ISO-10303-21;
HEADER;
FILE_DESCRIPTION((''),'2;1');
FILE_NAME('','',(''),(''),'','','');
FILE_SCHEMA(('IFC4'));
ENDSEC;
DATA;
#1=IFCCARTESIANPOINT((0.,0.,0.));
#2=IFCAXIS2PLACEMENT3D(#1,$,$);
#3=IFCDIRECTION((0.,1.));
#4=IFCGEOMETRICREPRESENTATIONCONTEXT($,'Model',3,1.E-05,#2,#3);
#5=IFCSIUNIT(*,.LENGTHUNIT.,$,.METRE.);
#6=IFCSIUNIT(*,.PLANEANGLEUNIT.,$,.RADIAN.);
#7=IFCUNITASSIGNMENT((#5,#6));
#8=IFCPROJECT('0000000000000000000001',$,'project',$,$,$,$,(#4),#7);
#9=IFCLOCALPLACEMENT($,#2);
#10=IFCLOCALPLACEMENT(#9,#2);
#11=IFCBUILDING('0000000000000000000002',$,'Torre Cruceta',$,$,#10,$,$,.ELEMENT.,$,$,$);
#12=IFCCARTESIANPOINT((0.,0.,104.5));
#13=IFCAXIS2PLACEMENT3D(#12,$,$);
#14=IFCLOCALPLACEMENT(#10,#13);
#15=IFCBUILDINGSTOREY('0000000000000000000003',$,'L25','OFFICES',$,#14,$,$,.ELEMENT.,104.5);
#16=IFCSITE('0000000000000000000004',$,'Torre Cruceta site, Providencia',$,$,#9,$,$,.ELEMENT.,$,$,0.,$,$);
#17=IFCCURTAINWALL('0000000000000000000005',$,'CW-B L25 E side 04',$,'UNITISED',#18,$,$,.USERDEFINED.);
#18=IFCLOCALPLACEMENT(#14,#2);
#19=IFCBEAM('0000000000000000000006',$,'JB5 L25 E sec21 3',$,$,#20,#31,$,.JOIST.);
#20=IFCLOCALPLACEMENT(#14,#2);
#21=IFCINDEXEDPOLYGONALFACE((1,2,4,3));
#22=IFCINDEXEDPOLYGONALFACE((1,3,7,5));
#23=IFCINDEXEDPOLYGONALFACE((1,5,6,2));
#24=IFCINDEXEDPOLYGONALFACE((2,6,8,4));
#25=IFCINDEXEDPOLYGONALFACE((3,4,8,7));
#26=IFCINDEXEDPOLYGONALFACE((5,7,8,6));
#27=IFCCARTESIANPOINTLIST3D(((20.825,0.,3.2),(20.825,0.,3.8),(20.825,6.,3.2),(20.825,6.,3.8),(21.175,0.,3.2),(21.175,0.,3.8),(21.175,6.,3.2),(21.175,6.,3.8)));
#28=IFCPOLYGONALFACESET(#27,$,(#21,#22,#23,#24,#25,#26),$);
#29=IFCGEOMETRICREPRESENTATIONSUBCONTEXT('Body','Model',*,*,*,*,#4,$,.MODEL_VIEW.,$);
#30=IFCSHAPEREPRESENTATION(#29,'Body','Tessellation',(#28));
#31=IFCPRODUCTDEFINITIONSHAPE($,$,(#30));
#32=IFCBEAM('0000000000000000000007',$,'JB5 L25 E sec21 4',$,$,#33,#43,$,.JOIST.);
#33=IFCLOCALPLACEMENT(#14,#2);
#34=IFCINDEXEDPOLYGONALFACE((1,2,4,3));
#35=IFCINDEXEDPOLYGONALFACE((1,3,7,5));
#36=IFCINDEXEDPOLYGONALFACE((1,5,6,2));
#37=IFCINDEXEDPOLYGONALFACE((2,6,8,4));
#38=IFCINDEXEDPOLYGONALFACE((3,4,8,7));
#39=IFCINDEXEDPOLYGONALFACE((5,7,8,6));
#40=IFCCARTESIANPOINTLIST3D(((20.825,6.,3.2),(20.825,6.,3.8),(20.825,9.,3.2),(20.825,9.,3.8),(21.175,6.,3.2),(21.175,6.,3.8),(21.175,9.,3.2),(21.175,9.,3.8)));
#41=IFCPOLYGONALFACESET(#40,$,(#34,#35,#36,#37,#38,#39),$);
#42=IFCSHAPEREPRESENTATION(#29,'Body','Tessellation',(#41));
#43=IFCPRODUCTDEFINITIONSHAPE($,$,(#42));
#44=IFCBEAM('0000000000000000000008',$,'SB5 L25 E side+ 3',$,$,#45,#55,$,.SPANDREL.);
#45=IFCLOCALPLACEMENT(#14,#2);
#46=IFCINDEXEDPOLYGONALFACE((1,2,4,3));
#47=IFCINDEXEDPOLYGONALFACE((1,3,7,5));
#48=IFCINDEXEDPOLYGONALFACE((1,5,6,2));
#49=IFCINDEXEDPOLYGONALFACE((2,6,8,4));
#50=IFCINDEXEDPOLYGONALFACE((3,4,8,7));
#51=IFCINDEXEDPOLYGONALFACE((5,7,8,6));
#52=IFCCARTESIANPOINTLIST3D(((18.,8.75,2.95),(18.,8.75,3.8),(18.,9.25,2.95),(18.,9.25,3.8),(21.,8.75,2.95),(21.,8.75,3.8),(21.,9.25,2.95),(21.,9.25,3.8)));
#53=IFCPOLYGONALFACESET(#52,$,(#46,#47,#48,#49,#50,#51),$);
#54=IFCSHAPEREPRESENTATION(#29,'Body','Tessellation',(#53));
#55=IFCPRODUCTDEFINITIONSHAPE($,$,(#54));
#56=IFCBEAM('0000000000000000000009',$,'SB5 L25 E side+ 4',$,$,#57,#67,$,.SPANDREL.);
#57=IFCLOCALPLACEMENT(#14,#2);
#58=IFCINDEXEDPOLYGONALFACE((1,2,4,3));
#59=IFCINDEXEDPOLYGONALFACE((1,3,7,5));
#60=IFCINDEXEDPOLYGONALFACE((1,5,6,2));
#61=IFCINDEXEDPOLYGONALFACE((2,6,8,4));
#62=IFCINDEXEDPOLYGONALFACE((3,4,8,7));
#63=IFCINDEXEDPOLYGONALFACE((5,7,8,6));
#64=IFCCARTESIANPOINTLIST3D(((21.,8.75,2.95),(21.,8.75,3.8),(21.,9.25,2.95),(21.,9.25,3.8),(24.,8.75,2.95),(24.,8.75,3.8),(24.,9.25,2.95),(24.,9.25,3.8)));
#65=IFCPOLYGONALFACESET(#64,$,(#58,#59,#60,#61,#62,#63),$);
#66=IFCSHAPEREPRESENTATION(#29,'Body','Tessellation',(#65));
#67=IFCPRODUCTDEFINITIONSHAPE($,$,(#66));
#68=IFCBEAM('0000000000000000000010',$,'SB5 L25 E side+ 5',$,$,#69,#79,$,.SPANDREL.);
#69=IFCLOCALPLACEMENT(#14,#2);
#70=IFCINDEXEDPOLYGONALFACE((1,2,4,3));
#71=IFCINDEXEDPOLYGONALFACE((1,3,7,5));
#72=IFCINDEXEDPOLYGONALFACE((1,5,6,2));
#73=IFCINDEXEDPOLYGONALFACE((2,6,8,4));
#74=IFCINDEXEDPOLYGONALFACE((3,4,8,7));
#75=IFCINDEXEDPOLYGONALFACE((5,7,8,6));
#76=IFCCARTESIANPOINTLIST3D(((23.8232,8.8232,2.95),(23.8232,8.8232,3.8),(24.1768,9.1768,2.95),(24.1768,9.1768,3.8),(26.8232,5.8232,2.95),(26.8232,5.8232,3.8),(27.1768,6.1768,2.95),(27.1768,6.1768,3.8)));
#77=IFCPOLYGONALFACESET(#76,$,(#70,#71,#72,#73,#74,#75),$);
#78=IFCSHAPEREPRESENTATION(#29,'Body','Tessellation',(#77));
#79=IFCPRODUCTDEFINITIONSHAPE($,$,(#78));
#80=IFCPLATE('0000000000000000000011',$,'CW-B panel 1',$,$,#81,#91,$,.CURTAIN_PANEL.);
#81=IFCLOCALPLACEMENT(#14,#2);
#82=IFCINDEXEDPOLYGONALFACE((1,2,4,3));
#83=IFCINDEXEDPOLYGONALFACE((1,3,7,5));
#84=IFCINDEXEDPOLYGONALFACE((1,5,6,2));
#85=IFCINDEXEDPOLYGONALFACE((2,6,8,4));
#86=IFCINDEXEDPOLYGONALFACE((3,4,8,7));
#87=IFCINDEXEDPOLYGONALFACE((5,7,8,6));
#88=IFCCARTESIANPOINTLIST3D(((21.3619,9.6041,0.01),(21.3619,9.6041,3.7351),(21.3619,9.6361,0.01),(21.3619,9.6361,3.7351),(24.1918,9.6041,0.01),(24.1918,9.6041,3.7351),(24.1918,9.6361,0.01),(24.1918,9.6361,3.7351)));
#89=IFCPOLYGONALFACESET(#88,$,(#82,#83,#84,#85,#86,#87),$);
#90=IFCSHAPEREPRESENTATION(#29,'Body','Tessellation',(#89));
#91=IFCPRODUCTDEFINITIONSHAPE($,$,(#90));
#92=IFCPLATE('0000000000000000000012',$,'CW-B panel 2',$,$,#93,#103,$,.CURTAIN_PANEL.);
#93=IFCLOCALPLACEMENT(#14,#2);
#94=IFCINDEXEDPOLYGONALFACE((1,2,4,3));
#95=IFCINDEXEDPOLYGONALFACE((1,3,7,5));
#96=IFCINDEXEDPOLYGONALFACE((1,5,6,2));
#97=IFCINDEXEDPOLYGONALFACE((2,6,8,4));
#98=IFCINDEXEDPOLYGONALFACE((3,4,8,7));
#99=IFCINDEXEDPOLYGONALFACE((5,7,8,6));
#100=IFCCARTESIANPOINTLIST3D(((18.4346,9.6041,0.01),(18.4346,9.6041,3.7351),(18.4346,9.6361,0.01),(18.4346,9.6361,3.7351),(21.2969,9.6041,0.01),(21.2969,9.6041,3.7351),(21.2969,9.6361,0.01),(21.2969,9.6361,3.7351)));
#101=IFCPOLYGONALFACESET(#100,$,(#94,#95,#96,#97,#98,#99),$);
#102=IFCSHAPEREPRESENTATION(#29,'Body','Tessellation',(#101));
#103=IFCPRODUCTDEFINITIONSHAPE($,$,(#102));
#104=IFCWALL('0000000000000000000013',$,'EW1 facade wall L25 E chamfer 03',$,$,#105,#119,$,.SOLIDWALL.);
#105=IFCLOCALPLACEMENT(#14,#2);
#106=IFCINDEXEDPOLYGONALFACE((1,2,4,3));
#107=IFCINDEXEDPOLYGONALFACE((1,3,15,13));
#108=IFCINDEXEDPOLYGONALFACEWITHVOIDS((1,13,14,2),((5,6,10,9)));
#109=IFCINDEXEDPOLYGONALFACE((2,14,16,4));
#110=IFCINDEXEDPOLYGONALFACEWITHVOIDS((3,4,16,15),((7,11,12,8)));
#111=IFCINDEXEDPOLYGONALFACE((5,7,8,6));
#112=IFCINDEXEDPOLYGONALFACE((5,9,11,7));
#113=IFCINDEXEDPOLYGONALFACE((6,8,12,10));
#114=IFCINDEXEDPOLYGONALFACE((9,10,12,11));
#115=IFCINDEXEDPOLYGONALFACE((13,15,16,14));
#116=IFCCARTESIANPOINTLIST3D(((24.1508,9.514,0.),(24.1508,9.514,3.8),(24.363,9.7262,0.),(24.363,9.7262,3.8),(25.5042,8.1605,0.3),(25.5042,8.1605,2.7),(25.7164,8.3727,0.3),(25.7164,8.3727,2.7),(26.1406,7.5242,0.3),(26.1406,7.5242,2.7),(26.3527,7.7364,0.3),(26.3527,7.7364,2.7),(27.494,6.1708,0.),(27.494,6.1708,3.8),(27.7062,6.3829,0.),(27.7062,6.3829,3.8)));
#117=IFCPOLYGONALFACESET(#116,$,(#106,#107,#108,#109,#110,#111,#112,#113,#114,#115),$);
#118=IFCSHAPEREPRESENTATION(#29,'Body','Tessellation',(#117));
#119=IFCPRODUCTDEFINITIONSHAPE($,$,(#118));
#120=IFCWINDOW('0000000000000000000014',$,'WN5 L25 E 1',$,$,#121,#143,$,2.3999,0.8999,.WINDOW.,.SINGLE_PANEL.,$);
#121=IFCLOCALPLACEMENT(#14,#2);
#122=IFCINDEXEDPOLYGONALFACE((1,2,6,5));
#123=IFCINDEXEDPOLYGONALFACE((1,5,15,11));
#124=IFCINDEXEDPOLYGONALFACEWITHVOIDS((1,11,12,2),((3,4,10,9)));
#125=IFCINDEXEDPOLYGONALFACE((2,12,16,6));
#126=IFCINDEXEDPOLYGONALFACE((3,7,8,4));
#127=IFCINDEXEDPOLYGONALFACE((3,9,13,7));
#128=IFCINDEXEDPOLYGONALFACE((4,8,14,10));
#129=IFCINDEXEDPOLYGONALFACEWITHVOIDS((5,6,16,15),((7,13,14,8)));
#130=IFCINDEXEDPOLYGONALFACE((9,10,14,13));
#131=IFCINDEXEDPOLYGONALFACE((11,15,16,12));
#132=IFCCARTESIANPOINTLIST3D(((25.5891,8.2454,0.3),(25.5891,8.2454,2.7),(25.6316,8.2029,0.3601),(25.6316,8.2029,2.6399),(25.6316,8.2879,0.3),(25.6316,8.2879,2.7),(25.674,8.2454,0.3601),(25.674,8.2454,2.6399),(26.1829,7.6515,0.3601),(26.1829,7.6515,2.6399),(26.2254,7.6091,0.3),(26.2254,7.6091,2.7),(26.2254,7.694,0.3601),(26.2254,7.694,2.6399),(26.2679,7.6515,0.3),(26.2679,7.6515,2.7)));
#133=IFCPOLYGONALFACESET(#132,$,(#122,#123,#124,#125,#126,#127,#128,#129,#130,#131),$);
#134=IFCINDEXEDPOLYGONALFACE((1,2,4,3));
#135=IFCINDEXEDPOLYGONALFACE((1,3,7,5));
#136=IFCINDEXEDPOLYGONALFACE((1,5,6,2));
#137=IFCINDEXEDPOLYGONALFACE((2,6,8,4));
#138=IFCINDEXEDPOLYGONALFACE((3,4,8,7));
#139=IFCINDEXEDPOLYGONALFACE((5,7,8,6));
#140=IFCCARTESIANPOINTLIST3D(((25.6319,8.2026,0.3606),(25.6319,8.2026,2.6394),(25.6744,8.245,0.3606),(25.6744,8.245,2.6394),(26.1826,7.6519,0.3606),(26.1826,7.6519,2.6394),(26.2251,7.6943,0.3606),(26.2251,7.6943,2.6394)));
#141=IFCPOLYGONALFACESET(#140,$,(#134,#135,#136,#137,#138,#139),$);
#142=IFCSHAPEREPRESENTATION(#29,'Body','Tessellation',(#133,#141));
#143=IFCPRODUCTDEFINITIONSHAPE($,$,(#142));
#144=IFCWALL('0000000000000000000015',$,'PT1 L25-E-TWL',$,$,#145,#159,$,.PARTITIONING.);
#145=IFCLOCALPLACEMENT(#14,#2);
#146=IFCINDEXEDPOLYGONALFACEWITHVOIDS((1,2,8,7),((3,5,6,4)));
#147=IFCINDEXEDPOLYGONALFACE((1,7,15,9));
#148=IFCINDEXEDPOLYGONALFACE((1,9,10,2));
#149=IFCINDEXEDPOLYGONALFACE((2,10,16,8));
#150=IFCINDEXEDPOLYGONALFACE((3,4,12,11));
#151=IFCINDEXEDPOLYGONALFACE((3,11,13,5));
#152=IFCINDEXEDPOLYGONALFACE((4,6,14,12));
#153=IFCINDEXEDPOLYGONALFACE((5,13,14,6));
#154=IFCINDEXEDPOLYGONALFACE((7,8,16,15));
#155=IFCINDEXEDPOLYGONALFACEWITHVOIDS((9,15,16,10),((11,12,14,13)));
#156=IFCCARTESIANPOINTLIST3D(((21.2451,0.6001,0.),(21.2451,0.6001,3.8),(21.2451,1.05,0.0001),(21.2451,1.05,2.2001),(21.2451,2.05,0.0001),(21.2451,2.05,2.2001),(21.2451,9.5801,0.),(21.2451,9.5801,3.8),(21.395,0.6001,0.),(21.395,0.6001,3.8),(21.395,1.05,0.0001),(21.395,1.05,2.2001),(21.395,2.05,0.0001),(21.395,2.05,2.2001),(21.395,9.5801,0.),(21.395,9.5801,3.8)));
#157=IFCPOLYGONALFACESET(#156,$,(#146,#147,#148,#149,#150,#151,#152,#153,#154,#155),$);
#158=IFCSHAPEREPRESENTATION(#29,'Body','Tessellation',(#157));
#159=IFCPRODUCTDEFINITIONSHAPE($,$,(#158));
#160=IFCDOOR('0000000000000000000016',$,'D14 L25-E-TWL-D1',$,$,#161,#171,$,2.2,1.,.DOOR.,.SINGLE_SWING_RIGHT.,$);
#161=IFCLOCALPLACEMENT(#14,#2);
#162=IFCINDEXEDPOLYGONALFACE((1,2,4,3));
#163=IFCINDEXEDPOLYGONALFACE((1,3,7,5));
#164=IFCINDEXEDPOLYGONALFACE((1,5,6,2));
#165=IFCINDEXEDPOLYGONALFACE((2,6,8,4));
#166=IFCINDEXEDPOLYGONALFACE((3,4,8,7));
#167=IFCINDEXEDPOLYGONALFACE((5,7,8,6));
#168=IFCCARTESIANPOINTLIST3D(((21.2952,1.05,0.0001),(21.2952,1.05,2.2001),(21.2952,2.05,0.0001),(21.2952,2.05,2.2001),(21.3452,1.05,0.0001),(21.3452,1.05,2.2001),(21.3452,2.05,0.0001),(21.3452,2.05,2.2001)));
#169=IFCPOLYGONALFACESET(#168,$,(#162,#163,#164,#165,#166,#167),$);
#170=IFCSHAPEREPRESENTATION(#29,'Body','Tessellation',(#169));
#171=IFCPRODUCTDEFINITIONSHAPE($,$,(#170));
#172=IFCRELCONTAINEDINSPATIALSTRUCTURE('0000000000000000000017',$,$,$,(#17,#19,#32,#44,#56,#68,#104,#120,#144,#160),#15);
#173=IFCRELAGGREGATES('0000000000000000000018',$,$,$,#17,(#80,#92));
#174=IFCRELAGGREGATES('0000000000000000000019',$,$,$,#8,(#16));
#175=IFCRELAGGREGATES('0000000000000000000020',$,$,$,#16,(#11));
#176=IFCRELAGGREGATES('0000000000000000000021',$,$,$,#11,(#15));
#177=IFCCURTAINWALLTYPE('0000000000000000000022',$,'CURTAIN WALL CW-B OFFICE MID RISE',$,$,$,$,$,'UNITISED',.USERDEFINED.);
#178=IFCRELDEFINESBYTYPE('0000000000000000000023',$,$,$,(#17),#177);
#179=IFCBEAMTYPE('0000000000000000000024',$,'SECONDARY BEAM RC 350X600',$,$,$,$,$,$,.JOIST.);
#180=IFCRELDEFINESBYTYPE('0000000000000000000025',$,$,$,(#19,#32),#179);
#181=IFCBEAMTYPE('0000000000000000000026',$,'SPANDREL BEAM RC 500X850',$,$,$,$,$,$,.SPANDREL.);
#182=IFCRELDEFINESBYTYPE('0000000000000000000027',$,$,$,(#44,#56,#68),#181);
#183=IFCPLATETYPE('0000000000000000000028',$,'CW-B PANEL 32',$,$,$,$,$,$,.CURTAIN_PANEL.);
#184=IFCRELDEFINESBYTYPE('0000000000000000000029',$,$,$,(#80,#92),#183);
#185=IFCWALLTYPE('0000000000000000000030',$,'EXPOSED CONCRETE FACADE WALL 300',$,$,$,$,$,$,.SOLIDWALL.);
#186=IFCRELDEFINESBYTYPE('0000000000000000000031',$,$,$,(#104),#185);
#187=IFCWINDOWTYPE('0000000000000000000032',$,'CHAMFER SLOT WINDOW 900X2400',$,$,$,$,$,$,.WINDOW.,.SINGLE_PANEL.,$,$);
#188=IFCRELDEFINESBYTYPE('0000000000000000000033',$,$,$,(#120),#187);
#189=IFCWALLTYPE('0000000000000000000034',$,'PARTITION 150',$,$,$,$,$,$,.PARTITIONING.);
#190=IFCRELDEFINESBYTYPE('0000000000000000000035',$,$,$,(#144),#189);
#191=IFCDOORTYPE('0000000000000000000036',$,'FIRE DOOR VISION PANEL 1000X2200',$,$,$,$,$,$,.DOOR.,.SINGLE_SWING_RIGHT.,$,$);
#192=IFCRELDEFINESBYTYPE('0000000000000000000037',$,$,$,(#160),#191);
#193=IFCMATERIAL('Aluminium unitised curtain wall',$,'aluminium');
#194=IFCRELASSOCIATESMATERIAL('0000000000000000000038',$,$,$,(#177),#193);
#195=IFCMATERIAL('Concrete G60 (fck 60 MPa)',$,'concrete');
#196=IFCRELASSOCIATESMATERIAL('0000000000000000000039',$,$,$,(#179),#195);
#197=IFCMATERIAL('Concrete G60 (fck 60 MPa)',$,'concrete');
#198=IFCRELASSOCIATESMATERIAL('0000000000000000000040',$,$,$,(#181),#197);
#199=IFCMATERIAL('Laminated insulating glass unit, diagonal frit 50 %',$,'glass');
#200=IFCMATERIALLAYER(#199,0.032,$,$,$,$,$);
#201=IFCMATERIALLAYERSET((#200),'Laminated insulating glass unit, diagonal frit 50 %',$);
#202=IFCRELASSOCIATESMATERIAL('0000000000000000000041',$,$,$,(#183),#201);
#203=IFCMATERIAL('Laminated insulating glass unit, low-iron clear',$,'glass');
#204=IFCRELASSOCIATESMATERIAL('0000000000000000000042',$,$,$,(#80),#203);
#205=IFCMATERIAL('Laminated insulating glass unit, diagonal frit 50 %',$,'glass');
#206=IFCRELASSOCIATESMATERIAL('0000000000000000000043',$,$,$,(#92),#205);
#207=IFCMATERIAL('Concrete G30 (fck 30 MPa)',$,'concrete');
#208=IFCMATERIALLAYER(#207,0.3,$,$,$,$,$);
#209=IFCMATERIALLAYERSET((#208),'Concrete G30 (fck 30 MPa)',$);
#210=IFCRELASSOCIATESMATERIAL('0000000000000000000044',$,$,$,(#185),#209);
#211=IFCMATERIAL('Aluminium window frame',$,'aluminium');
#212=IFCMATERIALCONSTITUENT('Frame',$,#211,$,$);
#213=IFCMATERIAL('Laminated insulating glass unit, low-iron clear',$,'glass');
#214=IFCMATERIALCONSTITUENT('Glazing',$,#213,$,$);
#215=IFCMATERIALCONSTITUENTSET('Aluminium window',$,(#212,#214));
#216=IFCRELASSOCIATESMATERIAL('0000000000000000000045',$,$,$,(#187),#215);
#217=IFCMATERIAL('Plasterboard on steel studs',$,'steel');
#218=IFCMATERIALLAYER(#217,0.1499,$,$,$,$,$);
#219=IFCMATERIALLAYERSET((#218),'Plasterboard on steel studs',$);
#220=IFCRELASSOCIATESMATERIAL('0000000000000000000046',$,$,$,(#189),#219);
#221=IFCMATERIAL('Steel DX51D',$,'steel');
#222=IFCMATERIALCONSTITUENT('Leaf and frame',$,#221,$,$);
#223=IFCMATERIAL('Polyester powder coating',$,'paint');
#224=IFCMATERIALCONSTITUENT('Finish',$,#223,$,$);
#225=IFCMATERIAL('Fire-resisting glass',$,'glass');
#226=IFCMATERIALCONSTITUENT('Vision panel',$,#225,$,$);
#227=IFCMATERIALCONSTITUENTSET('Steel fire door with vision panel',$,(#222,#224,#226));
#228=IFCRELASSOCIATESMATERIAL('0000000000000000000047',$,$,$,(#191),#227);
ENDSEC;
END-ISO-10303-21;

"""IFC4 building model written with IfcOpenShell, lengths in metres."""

from ifc_helpers import new_model, si_unit, direction, frame, frame_2d, origin, origin_2d, place, context, subcontext, project, spatial, rectangle, hollow_rectangle, extrude, material, layer, layer_set, constituent, constituent_set, material_profile, profile_set, type_object, element, fill, aggregate, save


model = new_model("IFC4")

# Units and contexts
model_context = context("Model", 3, precision=1e-05, world=origin(), true_north=direction((0.0, 1.0)))
body_context = subcontext(model_context, "Body", "Model", "MODEL_VIEW")
ifc_project = project(units=[si_unit("LENGTHUNIT", "METRE"), si_unit("PLANEANGLEUNIT", "RADIAN")], contexts=[model_context])

# Site, building, storey
site_placement = place(None, origin())
site = spatial("IfcSite", under=ifc_project, at=site_placement, Name="Torre Cruceta site, Providencia", CompositionType="ELEMENT", RefElevation=0.0)
building_placement = place(site_placement, origin())
building = spatial("IfcBuilding", under=site, at=building_placement, Name="Torre Cruceta", CompositionType="ELEMENT")
storey_placement = place(building_placement, frame((0.0, 0.0, 104.5)))
storey = spatial("IfcBuildingStorey", under=building, at=storey_placement, Name="L25", Description="OFFICES", CompositionType="ELEMENT", Elevation=104.5)

# Curtain wall
ifc_material_1 = material(Name="Aluminium unitised curtain wall", Category="aluminium")
curtain_wall_type = type_object("IfcCurtainWallType", Name="CURTAIN WALL CW-B OFFICE MID RISE", ElementType="UNITISED", PredefinedType="USERDEFINED", material=ifc_material_1)
curtain_wall_placement = place(storey_placement, origin())
curtain_wall = element("IfcCurtainWall", 1, at=curtain_wall_placement, inside=storey, type_object=curtain_wall_type, Name="CW-B L25 E side 04", ObjectType="UNITISED", PredefinedType="USERDEFINED")

# Beams
ifc_material_2 = material(Name="Concrete G60 (fck 60 MPa)", Category="concrete")
ifc_material_profile_1 = material_profile(ifc_material_2, rectangle(XDim=0.3501, YDim=0.6001, at=origin_2d()), Name="RC 350X600")
ifc_profile_set_1 = profile_set([ifc_material_profile_1], Name="Concrete G60 (fck 60 MPa)")
beam_type_1 = type_object("IfcBeamType", Name="SECONDARY BEAM RC 350X600", PredefinedType="JOIST", material=ifc_profile_set_1)
beam_1_placement = place(storey_placement, frame((21.0, 0.0, 3.5), z_axis=(0.0, 1.0, 0.0), x_axis=(-1.0, 0.0, 0.0)))
element("IfcBeam", 2, at=beam_1_placement, inside=storey, type_object=beam_type_1, Name="JB5 L25 E sec21 3", PredefinedType="JOIST", context=body_context, shape_type="SweptSolid", body=[
    extrude(rectangle(XDim=0.3501, YDim=0.6001, at=origin_2d()), origin(), (0.0, 0.0, 1.0), 6.0),
])
beam_2_placement = place(storey_placement, frame((21.0, 6.0, 3.5), z_axis=(0.0, 1.0, 0.0), x_axis=(-1.0, 0.0, 0.0)))
element("IfcBeam", 3, at=beam_2_placement, inside=storey, type_object=beam_type_1, Name="JB5 L25 E sec21 4", PredefinedType="JOIST", context=body_context, shape_type="SweptSolid", body=[
    extrude(rectangle(XDim=0.3501, YDim=0.6001, at=origin_2d()), origin(), (0.0, 0.0, 1.0), 3.0),
])
ifc_material_3 = material(Name="Concrete G60 (fck 60 MPa)", Category="concrete")
ifc_material_profile_2 = material_profile(ifc_material_3, rectangle(XDim=0.5, YDim=0.8501, at=origin_2d()), Name="RC 500X850")
ifc_profile_set_2 = profile_set([ifc_material_profile_2], Name="Concrete G60 (fck 60 MPa)")
beam_type_2 = type_object("IfcBeamType", Name="SPANDREL BEAM RC 500X850", PredefinedType="SPANDREL", material=ifc_profile_set_2)
for number, where, z_axis, x_axis, name in (
    (4, (18.0, 9.0, 3.375), (1.0, 0.0, 0.0), (0.0, 1.0, 0.0), "SB5 L25 E side+ 3"),
    (5, (21.0, 9.0, 3.375), (1.0, 0.0, 0.0), (0.0, 1.0, 0.0), "SB5 L25 E side+ 4"),
):
    element("IfcBeam", number, at=place(storey_placement, frame(where, z_axis=z_axis, x_axis=x_axis)), inside=storey, type_object=beam_type_2, Name=name, PredefinedType="SPANDREL", context=body_context, shape_type="SweptSolid", body=[
        extrude(rectangle(XDim=0.5, YDim=0.8501, at=origin_2d()), origin(), (0.0, 0.0, 1.0), 3.0),
    ])
beam_3_placement = place(storey_placement, frame((24.0, 9.0, 3.375), z_axis=(0.707107, -0.707107, 0.0), x_axis=(0.707107, 0.707107, 0.0)))
element("IfcBeam", 6, at=beam_3_placement, inside=storey, type_object=beam_type_2, Name="SB5 L25 E side+ 5", PredefinedType="SPANDREL", context=body_context, shape_type="SweptSolid", body=[
    extrude(rectangle(XDim=0.5, YDim=0.8501, at=origin_2d()), origin(), (0.0, 0.0, 1.0), 4.2427),
])

# Plates
ifc_material_4 = material(Name="Laminated insulating glass unit, low-iron clear", Category="glass")
ifc_material_5 = material(Name="Laminated insulating glass unit, diagonal frit 50 %", Category="glass")
ifc_layer_1 = layer(ifc_material_5, 0.032)
ifc_layer_set_1 = layer_set([ifc_layer_1], Name="Laminated insulating glass unit, diagonal frit 50 %")
plate_type = type_object("IfcPlateType", Name="CW-B PANEL 32", PredefinedType="CURTAIN_PANEL", material=ifc_layer_set_1)
plate_1_placement = place(storey_placement, frame((22.7769, 9.6201, 0.01), z_axis=(0.0, 0.0, 1.0), x_axis=(-1.0, 0.0, 0.0)))
plate_1 = element("IfcPlate", 7, at=plate_1_placement, type_object=plate_type, material=ifc_material_4, Name="CW-B panel 1", PredefinedType="CURTAIN_PANEL", context=body_context, shape_type="SweptSolid", body=[
    extrude(rectangle(XDim=2.8298, YDim=0.032, at=origin_2d()), origin(), (0.0, 0.0, 1.0), 3.7251),
])
ifc_material_6 = material(Name="Laminated insulating glass unit, diagonal frit 50 %", Category="glass")
plate_2_placement = place(storey_placement, frame((19.8657, 9.6201, 0.01), z_axis=(0.0, 0.0, 1.0), x_axis=(-1.0, 0.0, 0.0)))
plate_2 = element("IfcPlate", 8, at=plate_2_placement, type_object=plate_type, material=ifc_material_6, Name="CW-B panel 2", PredefinedType="CURTAIN_PANEL", context=body_context, shape_type="SweptSolid", body=[
    extrude(rectangle(XDim=2.8623, YDim=0.032, at=origin_2d()), origin(), (0.0, 0.0, 1.0), 3.7251),
])
aggregate(curtain_wall, [plate_1, plate_2])

# Wall, opening, window
ifc_material_7 = material(Name="Concrete G30 (fck 30 MPa)", Category="concrete")
ifc_layer_2 = layer(ifc_material_7, 0.3)
ifc_layer_set_2 = layer_set([ifc_layer_2], Name="Concrete G30 (fck 30 MPa)")
wall_type_1 = type_object("IfcWallType", Name="EXPOSED CONCRETE FACADE WALL 300", PredefinedType="SOLIDWALL", material=ifc_layer_set_2)
wall_1_placement = place(storey_placement, frame((27.6001, 6.2769, 0.0), z_axis=(0.0, 0.0, 1.0), x_axis=(-0.707107, 0.707107, 0.0)))
wall_1 = element("IfcWall", 9, at=wall_1_placement, inside=storey, type_object=wall_type_1, Name="EW1 facade wall L25 E chamfer 03", PredefinedType="SOLIDWALL", context=body_context, shape_type="SweptSolid", body=[
    extrude(rectangle(XDim=4.728, YDim=0.3, at=frame_2d((2.364, 0.0))), origin(), (0.0, 0.0, 1.0), 3.8),
])
opening_1_placement = place(wall_1_placement, frame((1.9141, 0.0, 0.3)))
opening_1 = element("IfcOpeningElement", 10, at=opening_1_placement, cuts=wall_1, PredefinedType="OPENING", context=body_context, shape_type="SweptSolid", body=[
    extrude(rectangle(XDim=0.8999, YDim=2.3999, at=frame_2d((0.45, 1.2))), frame((0.0, 0.1599, 0.0), z_axis=(0.0, -1.0, 0.0), x_axis=(1.0, 0.0, 0.0)), (0.0, 0.0, 1.0), 0.3201),
])
ifc_material_8 = material(Name="Aluminium window frame", Category="aluminium")
ifc_constituent_1 = constituent(ifc_material_8, Name="Frame")
ifc_material_9 = material(Name="Laminated insulating glass unit, low-iron clear", Category="glass")
ifc_constituent_2 = constituent(ifc_material_9, Name="Glazing")
ifc_constituent_set_1 = constituent_set(constituents=[ifc_constituent_1, ifc_constituent_2], Name="Aluminium window")
window_type = type_object("IfcWindowType", Name="CHAMFER SLOT WINDOW 900X2400", PartitioningType="SINGLE_PANEL", PredefinedType="WINDOW", material=ifc_constituent_set_1)
window_placement = place(opening_1_placement, origin())
window = element("IfcWindow", 11, at=window_placement, inside=storey, type_object=window_type, Name="WN5 L25 E 1", OverallHeight=2.3999, OverallWidth=0.8999, PartitioningType="SINGLE_PANEL", PredefinedType="WINDOW", context=body_context, shape_type="SweptSolid", body=[
    extrude(hollow_rectangle(XDim=0.8999, YDim=2.3999, WallThickness=0.0601, at=frame_2d((0.45, 1.2))), frame((0.0, 0.03, 0.0), z_axis=(0.0, -1.0, 0.0), x_axis=(1.0, 0.0, 0.0)), (0.0, 0.0, 1.0), 0.0601),
    extrude(rectangle(XDim=0.7788, YDim=2.2788, at=frame_2d((0.45, 1.2))), frame((0.0, 0.03, 0.0), z_axis=(0.0, -1.0, 0.0), x_axis=(1.0, 0.0, 0.0)), (0.0, 0.0, 1.0), 0.0601),
])
fill(opening_1, window)

# Wall, opening, door
ifc_material_10 = material(Name="Plasterboard on steel studs", Category="steel")
ifc_layer_3 = layer(ifc_material_10, 0.1499)
ifc_layer_set_3 = layer_set([ifc_layer_3], Name="Plasterboard on steel studs")
wall_type_2 = type_object("IfcWallType", Name="PARTITION 150", PredefinedType="PARTITIONING", material=ifc_layer_set_3)
wall_2_placement = place(storey_placement, frame((21.3201, 0.6001, 0.0), z_axis=(0.0, 0.0, 1.0), x_axis=(0.0, 1.0, 0.0)))
wall_2 = element("IfcWall", 12, at=wall_2_placement, inside=storey, type_object=wall_type_2, Name="PT1 L25-E-TWL", PredefinedType="PARTITIONING", context=body_context, shape_type="SweptSolid", body=[
    extrude(rectangle(XDim=8.98, YDim=0.1499, at=frame_2d((4.49, 0.0))), origin(), (0.0, 0.0, 1.0), 3.8),
])
opening_2_placement = place(wall_2_placement, frame((0.45, 0.0, 0.0)))
opening_2 = element("IfcOpeningElement", 13, at=opening_2_placement, cuts=wall_2, PredefinedType="OPENING", context=body_context, shape_type="SweptSolid", body=[
    extrude(rectangle(XDim=1.0, YDim=2.2, at=frame_2d((0.5, 1.1001))), frame((0.0, 0.085, 0.0), z_axis=(0.0, -1.0, 0.0), x_axis=(1.0, 0.0, 0.0)), (0.0, 0.0, 1.0), 0.1699),
])
ifc_material_11 = material(Name="Steel DX51D", Category="steel")
ifc_constituent_3 = constituent(ifc_material_11, Name="Leaf and frame")
ifc_material_12 = material(Name="Polyester powder coating", Category="paint")
ifc_constituent_4 = constituent(ifc_material_12, Name="Finish")
ifc_material_13 = material(Name="Fire-resisting glass", Category="glass")
ifc_constituent_5 = constituent(ifc_material_13, Name="Vision panel")
ifc_constituent_set_2 = constituent_set(constituents=[ifc_constituent_3, ifc_constituent_4, ifc_constituent_5], Name="Steel fire door with vision panel")
door_type = type_object("IfcDoorType", Name="FIRE DOOR VISION PANEL 1000X2200", OperationType="SINGLE_SWING_RIGHT", PredefinedType="DOOR", material=ifc_constituent_set_2)
door_placement = place(opening_2_placement, frame((1.0, 0.0, 0.0), z_axis=(0.0, 0.0, 1.0), x_axis=(-1.0, 0.0, 0.0)))
door = element("IfcDoor", 14, at=door_placement, inside=storey, type_object=door_type, Name="D14 L25-E-TWL-D1", OperationType="SINGLE_SWING_RIGHT", OverallHeight=2.2, OverallWidth=1.0, PredefinedType="DOOR", context=body_context, shape_type="SweptSolid", body=[
    extrude(rectangle(XDim=1.0, YDim=2.2, at=frame_2d((0.5, 1.1001))), frame((0.0, 0.0251, 0.0), z_axis=(0.0, -1.0, 0.0), x_axis=(1.0, 0.0, 0.0)), (0.0, 0.0, 1.0), 0.05),
])
fill(opening_2, door)

save(model, "model.ifc")
